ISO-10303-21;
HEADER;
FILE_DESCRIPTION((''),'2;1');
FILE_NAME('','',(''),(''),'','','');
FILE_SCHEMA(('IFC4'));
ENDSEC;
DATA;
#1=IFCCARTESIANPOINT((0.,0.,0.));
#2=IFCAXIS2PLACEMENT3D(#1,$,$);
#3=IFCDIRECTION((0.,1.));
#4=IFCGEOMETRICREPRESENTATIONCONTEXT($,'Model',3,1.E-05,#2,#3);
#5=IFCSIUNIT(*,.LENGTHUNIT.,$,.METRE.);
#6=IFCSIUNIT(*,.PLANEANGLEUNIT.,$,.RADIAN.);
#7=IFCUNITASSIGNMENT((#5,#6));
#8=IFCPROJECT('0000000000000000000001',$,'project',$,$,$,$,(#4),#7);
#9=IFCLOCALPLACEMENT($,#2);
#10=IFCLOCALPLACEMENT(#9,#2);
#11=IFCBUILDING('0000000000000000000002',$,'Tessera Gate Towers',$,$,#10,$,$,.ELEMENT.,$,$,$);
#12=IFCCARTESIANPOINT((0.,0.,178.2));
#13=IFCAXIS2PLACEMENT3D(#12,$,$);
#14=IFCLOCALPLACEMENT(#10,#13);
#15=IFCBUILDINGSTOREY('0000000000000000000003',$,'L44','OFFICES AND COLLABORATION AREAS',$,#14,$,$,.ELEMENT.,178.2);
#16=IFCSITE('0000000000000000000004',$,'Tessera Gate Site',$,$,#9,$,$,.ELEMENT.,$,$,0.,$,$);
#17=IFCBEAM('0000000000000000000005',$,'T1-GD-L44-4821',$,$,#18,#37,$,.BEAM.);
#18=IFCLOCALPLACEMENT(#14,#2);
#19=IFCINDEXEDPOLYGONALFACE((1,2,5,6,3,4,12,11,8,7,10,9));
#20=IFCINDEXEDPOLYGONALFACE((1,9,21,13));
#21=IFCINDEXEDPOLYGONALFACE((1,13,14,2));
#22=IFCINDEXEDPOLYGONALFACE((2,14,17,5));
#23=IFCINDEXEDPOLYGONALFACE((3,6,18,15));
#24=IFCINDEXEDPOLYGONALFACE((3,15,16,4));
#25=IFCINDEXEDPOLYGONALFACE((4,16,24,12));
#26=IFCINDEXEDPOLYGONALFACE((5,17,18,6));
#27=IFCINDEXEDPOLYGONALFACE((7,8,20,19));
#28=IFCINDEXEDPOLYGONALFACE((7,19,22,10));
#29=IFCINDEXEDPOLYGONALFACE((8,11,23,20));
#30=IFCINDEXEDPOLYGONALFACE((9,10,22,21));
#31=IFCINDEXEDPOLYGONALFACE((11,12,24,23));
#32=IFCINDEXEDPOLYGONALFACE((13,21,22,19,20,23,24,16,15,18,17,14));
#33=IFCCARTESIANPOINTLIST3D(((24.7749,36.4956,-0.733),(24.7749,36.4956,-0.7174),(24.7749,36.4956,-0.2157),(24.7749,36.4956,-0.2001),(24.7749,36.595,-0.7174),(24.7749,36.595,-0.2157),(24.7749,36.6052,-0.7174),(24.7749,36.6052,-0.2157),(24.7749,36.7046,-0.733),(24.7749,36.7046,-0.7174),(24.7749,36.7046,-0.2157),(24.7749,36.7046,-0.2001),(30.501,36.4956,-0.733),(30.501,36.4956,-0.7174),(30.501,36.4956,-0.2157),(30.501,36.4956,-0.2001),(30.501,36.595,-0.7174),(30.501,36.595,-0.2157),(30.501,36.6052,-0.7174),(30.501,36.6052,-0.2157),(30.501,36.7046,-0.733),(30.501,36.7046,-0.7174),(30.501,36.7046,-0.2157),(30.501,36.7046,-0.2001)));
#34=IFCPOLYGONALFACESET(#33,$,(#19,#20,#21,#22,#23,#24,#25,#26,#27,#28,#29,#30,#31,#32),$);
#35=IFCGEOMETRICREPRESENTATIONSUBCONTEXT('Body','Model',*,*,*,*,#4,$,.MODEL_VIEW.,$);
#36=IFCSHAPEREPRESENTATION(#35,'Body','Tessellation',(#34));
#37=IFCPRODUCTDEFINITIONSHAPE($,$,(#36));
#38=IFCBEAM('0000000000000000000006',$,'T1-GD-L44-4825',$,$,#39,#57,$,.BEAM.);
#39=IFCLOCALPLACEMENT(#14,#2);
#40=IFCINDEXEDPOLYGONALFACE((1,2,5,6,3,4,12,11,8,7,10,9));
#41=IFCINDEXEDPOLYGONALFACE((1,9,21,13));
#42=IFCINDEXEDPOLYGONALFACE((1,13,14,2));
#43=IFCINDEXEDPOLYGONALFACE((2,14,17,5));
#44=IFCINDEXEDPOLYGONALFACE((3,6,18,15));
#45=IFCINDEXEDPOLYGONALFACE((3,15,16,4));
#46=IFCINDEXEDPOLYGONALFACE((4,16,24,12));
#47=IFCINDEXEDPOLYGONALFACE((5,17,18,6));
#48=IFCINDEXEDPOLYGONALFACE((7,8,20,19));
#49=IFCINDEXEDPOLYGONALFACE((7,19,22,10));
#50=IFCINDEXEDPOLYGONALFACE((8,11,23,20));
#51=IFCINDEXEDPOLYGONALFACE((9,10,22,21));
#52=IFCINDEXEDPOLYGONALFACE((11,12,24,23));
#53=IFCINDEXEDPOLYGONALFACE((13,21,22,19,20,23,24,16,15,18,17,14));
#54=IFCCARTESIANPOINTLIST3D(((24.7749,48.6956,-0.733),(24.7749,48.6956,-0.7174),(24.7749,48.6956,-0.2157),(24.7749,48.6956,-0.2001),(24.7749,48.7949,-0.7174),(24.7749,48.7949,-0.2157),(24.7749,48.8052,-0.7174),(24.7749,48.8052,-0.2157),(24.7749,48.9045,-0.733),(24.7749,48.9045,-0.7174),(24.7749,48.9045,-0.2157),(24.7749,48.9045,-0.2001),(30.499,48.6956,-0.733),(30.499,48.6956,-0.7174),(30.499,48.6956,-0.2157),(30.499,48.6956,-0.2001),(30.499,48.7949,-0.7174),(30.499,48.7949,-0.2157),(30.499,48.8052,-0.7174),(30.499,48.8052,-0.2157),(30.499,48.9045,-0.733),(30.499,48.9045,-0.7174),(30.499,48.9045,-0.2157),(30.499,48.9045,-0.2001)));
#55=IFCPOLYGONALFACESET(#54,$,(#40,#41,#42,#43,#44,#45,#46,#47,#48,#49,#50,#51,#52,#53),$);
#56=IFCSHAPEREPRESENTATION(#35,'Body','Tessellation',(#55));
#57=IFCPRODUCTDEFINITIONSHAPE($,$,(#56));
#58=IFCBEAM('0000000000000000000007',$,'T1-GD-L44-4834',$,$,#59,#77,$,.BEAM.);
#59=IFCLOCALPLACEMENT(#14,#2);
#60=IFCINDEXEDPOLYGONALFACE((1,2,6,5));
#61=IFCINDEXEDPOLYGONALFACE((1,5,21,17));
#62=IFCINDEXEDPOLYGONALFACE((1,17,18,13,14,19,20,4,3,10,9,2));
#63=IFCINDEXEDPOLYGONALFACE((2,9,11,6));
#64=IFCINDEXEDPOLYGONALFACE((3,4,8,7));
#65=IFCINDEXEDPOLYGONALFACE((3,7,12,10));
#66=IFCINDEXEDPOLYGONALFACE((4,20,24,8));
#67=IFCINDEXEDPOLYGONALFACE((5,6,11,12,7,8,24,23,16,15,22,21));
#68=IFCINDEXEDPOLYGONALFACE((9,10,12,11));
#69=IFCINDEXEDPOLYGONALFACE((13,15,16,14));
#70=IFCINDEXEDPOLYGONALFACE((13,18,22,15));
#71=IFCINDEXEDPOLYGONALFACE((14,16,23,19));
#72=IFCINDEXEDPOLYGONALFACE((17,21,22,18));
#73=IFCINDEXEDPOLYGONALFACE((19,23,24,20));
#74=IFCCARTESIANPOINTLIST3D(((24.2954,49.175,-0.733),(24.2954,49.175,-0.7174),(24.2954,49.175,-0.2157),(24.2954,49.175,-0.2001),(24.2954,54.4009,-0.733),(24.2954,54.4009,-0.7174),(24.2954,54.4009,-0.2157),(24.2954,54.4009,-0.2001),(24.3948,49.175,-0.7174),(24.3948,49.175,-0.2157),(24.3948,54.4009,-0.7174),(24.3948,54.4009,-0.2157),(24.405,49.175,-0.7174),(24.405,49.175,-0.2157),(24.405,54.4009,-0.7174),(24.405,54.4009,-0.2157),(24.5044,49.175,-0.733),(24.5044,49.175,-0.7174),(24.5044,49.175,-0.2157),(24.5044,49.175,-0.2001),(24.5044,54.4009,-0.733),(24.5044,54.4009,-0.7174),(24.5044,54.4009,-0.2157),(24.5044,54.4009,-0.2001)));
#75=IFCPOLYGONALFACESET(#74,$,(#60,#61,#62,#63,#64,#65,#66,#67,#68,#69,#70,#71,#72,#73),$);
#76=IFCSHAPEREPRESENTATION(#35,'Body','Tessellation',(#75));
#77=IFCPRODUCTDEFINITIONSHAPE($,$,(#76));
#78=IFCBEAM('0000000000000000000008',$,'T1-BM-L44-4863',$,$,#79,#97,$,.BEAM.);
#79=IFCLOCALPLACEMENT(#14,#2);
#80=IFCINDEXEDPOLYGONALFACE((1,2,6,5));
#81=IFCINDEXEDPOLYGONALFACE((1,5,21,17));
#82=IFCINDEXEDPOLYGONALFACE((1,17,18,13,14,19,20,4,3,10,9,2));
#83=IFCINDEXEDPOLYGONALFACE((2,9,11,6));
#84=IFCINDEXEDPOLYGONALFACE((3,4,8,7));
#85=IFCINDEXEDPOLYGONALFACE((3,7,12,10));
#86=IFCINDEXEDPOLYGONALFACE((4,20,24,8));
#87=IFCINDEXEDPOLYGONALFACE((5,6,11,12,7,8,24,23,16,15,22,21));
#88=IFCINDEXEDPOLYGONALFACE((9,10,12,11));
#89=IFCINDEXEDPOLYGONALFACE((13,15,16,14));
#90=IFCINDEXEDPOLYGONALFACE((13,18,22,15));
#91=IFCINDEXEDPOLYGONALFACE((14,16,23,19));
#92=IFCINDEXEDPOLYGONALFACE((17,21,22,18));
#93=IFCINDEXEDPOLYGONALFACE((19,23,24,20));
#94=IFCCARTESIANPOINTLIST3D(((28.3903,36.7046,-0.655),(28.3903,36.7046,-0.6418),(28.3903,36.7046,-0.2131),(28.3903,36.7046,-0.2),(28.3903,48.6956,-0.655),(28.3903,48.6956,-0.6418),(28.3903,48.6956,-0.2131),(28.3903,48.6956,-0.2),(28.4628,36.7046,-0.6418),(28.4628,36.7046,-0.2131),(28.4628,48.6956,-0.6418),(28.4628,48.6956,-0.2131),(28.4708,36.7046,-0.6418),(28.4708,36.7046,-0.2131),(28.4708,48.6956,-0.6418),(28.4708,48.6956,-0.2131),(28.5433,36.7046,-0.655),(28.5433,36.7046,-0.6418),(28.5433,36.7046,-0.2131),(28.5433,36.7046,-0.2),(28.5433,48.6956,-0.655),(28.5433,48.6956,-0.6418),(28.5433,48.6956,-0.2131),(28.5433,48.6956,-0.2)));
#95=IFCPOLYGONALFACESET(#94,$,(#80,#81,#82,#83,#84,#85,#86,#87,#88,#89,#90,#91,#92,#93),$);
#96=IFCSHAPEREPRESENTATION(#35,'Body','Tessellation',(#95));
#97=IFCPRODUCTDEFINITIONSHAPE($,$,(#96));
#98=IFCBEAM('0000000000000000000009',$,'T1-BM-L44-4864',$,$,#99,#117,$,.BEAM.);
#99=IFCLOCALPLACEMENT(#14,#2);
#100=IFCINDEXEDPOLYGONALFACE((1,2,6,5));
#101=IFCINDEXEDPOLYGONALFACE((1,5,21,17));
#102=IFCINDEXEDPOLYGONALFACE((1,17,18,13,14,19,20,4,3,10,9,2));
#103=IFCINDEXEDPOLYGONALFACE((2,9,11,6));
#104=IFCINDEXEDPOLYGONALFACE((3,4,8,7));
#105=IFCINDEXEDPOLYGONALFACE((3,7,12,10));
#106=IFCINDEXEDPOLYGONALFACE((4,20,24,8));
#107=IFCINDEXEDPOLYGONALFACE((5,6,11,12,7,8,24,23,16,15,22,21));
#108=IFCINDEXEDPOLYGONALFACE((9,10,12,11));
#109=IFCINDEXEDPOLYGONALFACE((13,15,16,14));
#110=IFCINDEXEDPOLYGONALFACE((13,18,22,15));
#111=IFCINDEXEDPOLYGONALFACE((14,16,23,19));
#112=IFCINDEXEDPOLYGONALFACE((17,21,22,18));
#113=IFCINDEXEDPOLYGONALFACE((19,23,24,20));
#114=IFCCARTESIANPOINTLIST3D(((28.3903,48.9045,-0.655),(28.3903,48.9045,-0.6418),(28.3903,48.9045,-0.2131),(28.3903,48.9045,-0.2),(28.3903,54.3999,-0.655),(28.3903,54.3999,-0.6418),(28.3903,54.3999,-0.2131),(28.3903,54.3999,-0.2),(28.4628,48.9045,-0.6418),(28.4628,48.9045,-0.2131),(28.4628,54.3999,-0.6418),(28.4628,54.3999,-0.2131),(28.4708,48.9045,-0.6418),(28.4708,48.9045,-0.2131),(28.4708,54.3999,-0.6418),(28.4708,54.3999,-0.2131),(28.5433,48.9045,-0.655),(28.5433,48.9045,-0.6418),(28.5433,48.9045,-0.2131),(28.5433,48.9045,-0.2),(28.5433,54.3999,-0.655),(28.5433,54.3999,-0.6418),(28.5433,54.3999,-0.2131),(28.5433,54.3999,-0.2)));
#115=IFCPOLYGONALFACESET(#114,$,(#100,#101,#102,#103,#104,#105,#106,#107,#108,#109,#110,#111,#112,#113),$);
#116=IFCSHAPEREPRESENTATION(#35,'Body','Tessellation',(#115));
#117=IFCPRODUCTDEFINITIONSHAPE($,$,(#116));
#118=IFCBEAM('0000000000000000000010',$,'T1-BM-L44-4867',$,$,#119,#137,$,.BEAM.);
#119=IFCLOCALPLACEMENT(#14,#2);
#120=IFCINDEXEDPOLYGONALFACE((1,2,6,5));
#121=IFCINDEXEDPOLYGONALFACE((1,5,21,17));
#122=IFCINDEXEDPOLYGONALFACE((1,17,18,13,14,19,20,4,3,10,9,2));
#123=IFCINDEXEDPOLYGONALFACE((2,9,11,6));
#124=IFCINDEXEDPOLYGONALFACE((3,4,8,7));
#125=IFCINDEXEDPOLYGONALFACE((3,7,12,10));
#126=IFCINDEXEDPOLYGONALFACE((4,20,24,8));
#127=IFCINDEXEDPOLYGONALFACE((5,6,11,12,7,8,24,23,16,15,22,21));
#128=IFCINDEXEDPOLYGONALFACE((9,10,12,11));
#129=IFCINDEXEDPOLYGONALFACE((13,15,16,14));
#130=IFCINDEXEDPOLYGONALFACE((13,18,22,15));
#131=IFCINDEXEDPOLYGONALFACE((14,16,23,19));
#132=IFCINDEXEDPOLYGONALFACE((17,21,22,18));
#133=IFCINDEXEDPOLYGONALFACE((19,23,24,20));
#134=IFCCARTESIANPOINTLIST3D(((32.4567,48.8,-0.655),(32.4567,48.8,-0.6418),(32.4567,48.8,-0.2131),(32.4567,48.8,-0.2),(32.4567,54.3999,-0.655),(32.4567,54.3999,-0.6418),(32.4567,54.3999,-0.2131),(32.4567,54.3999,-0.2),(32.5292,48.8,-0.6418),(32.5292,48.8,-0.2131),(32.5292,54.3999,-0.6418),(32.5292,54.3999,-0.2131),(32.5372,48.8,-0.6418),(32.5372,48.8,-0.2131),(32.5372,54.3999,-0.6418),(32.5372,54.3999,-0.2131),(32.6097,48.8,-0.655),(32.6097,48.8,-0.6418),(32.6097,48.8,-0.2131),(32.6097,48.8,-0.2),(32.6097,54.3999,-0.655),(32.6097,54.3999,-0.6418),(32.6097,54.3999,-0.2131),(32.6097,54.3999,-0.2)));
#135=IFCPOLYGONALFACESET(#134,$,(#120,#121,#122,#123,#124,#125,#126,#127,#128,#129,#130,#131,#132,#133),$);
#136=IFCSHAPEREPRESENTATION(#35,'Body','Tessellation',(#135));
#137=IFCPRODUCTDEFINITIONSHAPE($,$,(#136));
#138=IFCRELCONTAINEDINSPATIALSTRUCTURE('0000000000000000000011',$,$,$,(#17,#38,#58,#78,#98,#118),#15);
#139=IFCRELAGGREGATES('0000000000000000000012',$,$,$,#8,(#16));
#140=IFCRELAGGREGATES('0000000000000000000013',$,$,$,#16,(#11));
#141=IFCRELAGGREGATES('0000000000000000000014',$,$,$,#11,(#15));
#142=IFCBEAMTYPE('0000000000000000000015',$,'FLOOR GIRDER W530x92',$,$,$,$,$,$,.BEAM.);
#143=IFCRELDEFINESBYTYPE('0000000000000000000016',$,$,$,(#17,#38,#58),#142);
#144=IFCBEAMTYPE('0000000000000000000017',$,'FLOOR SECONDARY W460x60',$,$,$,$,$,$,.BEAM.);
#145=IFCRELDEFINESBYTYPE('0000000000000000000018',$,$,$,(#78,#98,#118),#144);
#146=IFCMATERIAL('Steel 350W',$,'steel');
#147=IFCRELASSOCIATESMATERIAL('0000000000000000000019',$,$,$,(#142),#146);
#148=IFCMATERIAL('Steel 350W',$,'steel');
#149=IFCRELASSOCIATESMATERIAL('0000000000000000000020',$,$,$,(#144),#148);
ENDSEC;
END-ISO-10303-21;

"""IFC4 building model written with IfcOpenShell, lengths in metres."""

from ifc_helpers import new_model, si_unit, direction, frame, origin, origin_2d, place, context, subcontext, project, spatial, i_section, extrude, material, material_profile, profile_set, type_object, element, save


model = new_model("IFC4")

# Units and contexts
model_context = context("Model", 3, precision=1e-05, world=origin(), true_north=direction((0.0, 1.0)))
body_context = subcontext(model_context, "Body", "Model", "MODEL_VIEW")
ifc_project = project(units=[si_unit("LENGTHUNIT", "METRE"), si_unit("PLANEANGLEUNIT", "RADIAN")], contexts=[model_context])

# Site, building, storey
site_placement = place(None, origin())
site = spatial("IfcSite", under=ifc_project, at=site_placement, Name="Tessera Gate Site", CompositionType="ELEMENT", RefElevation=0.0)
building_placement = place(site_placement, origin())
building = spatial("IfcBuilding", under=site, at=building_placement, Name="Tessera Gate Towers", CompositionType="ELEMENT")
storey_placement = place(building_placement, frame((0.0, 0.0, 178.2)))
storey = spatial("IfcBuildingStorey", under=building, at=storey_placement, Name="L44", Description="OFFICES AND COLLABORATION AREAS", CompositionType="ELEMENT", Elevation=178.2)

# Beams
ifc_material_1 = material(Name="Steel 350W", Category="steel")
ifc_material_profile_1 = material_profile(ifc_material_1, i_section(OverallWidth=0.209, OverallDepth=0.533, WebThickness=0.0103, FlangeThickness=0.0156, at=origin_2d()), Name="W530x92")
ifc_profile_set_1 = profile_set([ifc_material_profile_1], Name="Steel 350W")
beam_type_1 = type_object("IfcBeamType", Name="FLOOR GIRDER W530x92", PredefinedType="BEAM", material=ifc_profile_set_1)
beam_1_placement = place(storey_placement, frame((24.7749, 36.6001, -0.4666), z_axis=(1.0, 0.0, 0.0), x_axis=(0.0, 1.0, 0.0)))
element("IfcBeam", 1, at=beam_1_placement, inside=storey, type_object=beam_type_1, Name="T1-GD-L44-4821", PredefinedType="BEAM", context=body_context, shape_type="SweptSolid", body=[
    extrude(i_section(OverallWidth=0.209, OverallDepth=0.533, WebThickness=0.0103, FlangeThickness=0.0156, at=origin_2d()), origin(), (0.0, 0.0, 1.0), 5.7261),
])
beam_2_placement = place(storey_placement, frame((24.7749, 48.8, -0.4666), z_axis=(1.0, 0.0, 0.0), x_axis=(0.0, 1.0, 0.0)))
element("IfcBeam", 2, at=beam_2_placement, inside=storey, type_object=beam_type_1, Name="T1-GD-L44-4825", PredefinedType="BEAM", context=body_context, shape_type="SweptSolid", body=[
    extrude(i_section(OverallWidth=0.209, OverallDepth=0.533, WebThickness=0.0103, FlangeThickness=0.0156, at=origin_2d()), origin(), (0.0, 0.0, 1.0), 5.7241),
])
beam_3_placement = place(storey_placement, frame((24.3999, 49.175, -0.4666), z_axis=(0.0, 1.0, 0.0), x_axis=(-1.0, 0.0, 0.0)))
element("IfcBeam", 3, at=beam_3_placement, inside=storey, type_object=beam_type_1, Name="T1-GD-L44-4834", PredefinedType="BEAM", context=body_context, shape_type="SweptSolid", body=[
    extrude(i_section(OverallWidth=0.209, OverallDepth=0.533, WebThickness=0.0103, FlangeThickness=0.0156, at=origin_2d()), origin(), (0.0, 0.0, 1.0), 5.2258),
])
ifc_material_2 = material(Name="Steel 350W", Category="steel")
ifc_material_profile_2 = material_profile(ifc_material_2, i_section(OverallWidth=0.1531, OverallDepth=0.4551, WebThickness=0.0081, FlangeThickness=0.0132, at=origin_2d()), Name="W460x60")
ifc_profile_set_2 = profile_set([ifc_material_profile_2], Name="Steel 350W")
beam_type_2 = type_object("IfcBeamType", Name="FLOOR SECONDARY W460x60", PredefinedType="BEAM", material=ifc_profile_set_2)
beam_4_placement = place(storey_placement, frame((28.4668, 36.7046, -0.4275), z_axis=(0.0, 1.0, 0.0), x_axis=(-1.0, 0.0, 0.0)))
element("IfcBeam", 4, at=beam_4_placement, inside=storey, type_object=beam_type_2, Name="T1-BM-L44-4863", PredefinedType="BEAM", context=body_context, shape_type="SweptSolid", body=[
    extrude(i_section(OverallWidth=0.1531, OverallDepth=0.4551, WebThickness=0.0081, FlangeThickness=0.0132, at=origin_2d()), origin(), (0.0, 0.0, 1.0), 11.991),
])
beam_5_placement = place(storey_placement, frame((28.4668, 48.9045, -0.4275), z_axis=(0.0, 1.0, 0.0), x_axis=(-1.0, 0.0, 0.0)))
element("IfcBeam", 5, at=beam_5_placement, inside=storey, type_object=beam_type_2, Name="T1-BM-L44-4864", PredefinedType="BEAM", context=body_context, shape_type="SweptSolid", body=[
    extrude(i_section(OverallWidth=0.1531, OverallDepth=0.4551, WebThickness=0.0081, FlangeThickness=0.0132, at=origin_2d()), origin(), (0.0, 0.0, 1.0), 5.4954),
])
beam_6_placement = place(storey_placement, frame((32.5332, 48.8, -0.4275), z_axis=(0.0, 1.0, 0.0), x_axis=(-1.0, 0.0, 0.0)))
element("IfcBeam", 6, at=beam_6_placement, inside=storey, type_object=beam_type_2, Name="T1-BM-L44-4867", PredefinedType="BEAM", context=body_context, shape_type="SweptSolid", body=[
    extrude(i_section(OverallWidth=0.1531, OverallDepth=0.4551, WebThickness=0.0081, FlangeThickness=0.0132, at=origin_2d()), origin(), (0.0, 0.0, 1.0), 5.5999),
])

save(model, "model.ifc")
